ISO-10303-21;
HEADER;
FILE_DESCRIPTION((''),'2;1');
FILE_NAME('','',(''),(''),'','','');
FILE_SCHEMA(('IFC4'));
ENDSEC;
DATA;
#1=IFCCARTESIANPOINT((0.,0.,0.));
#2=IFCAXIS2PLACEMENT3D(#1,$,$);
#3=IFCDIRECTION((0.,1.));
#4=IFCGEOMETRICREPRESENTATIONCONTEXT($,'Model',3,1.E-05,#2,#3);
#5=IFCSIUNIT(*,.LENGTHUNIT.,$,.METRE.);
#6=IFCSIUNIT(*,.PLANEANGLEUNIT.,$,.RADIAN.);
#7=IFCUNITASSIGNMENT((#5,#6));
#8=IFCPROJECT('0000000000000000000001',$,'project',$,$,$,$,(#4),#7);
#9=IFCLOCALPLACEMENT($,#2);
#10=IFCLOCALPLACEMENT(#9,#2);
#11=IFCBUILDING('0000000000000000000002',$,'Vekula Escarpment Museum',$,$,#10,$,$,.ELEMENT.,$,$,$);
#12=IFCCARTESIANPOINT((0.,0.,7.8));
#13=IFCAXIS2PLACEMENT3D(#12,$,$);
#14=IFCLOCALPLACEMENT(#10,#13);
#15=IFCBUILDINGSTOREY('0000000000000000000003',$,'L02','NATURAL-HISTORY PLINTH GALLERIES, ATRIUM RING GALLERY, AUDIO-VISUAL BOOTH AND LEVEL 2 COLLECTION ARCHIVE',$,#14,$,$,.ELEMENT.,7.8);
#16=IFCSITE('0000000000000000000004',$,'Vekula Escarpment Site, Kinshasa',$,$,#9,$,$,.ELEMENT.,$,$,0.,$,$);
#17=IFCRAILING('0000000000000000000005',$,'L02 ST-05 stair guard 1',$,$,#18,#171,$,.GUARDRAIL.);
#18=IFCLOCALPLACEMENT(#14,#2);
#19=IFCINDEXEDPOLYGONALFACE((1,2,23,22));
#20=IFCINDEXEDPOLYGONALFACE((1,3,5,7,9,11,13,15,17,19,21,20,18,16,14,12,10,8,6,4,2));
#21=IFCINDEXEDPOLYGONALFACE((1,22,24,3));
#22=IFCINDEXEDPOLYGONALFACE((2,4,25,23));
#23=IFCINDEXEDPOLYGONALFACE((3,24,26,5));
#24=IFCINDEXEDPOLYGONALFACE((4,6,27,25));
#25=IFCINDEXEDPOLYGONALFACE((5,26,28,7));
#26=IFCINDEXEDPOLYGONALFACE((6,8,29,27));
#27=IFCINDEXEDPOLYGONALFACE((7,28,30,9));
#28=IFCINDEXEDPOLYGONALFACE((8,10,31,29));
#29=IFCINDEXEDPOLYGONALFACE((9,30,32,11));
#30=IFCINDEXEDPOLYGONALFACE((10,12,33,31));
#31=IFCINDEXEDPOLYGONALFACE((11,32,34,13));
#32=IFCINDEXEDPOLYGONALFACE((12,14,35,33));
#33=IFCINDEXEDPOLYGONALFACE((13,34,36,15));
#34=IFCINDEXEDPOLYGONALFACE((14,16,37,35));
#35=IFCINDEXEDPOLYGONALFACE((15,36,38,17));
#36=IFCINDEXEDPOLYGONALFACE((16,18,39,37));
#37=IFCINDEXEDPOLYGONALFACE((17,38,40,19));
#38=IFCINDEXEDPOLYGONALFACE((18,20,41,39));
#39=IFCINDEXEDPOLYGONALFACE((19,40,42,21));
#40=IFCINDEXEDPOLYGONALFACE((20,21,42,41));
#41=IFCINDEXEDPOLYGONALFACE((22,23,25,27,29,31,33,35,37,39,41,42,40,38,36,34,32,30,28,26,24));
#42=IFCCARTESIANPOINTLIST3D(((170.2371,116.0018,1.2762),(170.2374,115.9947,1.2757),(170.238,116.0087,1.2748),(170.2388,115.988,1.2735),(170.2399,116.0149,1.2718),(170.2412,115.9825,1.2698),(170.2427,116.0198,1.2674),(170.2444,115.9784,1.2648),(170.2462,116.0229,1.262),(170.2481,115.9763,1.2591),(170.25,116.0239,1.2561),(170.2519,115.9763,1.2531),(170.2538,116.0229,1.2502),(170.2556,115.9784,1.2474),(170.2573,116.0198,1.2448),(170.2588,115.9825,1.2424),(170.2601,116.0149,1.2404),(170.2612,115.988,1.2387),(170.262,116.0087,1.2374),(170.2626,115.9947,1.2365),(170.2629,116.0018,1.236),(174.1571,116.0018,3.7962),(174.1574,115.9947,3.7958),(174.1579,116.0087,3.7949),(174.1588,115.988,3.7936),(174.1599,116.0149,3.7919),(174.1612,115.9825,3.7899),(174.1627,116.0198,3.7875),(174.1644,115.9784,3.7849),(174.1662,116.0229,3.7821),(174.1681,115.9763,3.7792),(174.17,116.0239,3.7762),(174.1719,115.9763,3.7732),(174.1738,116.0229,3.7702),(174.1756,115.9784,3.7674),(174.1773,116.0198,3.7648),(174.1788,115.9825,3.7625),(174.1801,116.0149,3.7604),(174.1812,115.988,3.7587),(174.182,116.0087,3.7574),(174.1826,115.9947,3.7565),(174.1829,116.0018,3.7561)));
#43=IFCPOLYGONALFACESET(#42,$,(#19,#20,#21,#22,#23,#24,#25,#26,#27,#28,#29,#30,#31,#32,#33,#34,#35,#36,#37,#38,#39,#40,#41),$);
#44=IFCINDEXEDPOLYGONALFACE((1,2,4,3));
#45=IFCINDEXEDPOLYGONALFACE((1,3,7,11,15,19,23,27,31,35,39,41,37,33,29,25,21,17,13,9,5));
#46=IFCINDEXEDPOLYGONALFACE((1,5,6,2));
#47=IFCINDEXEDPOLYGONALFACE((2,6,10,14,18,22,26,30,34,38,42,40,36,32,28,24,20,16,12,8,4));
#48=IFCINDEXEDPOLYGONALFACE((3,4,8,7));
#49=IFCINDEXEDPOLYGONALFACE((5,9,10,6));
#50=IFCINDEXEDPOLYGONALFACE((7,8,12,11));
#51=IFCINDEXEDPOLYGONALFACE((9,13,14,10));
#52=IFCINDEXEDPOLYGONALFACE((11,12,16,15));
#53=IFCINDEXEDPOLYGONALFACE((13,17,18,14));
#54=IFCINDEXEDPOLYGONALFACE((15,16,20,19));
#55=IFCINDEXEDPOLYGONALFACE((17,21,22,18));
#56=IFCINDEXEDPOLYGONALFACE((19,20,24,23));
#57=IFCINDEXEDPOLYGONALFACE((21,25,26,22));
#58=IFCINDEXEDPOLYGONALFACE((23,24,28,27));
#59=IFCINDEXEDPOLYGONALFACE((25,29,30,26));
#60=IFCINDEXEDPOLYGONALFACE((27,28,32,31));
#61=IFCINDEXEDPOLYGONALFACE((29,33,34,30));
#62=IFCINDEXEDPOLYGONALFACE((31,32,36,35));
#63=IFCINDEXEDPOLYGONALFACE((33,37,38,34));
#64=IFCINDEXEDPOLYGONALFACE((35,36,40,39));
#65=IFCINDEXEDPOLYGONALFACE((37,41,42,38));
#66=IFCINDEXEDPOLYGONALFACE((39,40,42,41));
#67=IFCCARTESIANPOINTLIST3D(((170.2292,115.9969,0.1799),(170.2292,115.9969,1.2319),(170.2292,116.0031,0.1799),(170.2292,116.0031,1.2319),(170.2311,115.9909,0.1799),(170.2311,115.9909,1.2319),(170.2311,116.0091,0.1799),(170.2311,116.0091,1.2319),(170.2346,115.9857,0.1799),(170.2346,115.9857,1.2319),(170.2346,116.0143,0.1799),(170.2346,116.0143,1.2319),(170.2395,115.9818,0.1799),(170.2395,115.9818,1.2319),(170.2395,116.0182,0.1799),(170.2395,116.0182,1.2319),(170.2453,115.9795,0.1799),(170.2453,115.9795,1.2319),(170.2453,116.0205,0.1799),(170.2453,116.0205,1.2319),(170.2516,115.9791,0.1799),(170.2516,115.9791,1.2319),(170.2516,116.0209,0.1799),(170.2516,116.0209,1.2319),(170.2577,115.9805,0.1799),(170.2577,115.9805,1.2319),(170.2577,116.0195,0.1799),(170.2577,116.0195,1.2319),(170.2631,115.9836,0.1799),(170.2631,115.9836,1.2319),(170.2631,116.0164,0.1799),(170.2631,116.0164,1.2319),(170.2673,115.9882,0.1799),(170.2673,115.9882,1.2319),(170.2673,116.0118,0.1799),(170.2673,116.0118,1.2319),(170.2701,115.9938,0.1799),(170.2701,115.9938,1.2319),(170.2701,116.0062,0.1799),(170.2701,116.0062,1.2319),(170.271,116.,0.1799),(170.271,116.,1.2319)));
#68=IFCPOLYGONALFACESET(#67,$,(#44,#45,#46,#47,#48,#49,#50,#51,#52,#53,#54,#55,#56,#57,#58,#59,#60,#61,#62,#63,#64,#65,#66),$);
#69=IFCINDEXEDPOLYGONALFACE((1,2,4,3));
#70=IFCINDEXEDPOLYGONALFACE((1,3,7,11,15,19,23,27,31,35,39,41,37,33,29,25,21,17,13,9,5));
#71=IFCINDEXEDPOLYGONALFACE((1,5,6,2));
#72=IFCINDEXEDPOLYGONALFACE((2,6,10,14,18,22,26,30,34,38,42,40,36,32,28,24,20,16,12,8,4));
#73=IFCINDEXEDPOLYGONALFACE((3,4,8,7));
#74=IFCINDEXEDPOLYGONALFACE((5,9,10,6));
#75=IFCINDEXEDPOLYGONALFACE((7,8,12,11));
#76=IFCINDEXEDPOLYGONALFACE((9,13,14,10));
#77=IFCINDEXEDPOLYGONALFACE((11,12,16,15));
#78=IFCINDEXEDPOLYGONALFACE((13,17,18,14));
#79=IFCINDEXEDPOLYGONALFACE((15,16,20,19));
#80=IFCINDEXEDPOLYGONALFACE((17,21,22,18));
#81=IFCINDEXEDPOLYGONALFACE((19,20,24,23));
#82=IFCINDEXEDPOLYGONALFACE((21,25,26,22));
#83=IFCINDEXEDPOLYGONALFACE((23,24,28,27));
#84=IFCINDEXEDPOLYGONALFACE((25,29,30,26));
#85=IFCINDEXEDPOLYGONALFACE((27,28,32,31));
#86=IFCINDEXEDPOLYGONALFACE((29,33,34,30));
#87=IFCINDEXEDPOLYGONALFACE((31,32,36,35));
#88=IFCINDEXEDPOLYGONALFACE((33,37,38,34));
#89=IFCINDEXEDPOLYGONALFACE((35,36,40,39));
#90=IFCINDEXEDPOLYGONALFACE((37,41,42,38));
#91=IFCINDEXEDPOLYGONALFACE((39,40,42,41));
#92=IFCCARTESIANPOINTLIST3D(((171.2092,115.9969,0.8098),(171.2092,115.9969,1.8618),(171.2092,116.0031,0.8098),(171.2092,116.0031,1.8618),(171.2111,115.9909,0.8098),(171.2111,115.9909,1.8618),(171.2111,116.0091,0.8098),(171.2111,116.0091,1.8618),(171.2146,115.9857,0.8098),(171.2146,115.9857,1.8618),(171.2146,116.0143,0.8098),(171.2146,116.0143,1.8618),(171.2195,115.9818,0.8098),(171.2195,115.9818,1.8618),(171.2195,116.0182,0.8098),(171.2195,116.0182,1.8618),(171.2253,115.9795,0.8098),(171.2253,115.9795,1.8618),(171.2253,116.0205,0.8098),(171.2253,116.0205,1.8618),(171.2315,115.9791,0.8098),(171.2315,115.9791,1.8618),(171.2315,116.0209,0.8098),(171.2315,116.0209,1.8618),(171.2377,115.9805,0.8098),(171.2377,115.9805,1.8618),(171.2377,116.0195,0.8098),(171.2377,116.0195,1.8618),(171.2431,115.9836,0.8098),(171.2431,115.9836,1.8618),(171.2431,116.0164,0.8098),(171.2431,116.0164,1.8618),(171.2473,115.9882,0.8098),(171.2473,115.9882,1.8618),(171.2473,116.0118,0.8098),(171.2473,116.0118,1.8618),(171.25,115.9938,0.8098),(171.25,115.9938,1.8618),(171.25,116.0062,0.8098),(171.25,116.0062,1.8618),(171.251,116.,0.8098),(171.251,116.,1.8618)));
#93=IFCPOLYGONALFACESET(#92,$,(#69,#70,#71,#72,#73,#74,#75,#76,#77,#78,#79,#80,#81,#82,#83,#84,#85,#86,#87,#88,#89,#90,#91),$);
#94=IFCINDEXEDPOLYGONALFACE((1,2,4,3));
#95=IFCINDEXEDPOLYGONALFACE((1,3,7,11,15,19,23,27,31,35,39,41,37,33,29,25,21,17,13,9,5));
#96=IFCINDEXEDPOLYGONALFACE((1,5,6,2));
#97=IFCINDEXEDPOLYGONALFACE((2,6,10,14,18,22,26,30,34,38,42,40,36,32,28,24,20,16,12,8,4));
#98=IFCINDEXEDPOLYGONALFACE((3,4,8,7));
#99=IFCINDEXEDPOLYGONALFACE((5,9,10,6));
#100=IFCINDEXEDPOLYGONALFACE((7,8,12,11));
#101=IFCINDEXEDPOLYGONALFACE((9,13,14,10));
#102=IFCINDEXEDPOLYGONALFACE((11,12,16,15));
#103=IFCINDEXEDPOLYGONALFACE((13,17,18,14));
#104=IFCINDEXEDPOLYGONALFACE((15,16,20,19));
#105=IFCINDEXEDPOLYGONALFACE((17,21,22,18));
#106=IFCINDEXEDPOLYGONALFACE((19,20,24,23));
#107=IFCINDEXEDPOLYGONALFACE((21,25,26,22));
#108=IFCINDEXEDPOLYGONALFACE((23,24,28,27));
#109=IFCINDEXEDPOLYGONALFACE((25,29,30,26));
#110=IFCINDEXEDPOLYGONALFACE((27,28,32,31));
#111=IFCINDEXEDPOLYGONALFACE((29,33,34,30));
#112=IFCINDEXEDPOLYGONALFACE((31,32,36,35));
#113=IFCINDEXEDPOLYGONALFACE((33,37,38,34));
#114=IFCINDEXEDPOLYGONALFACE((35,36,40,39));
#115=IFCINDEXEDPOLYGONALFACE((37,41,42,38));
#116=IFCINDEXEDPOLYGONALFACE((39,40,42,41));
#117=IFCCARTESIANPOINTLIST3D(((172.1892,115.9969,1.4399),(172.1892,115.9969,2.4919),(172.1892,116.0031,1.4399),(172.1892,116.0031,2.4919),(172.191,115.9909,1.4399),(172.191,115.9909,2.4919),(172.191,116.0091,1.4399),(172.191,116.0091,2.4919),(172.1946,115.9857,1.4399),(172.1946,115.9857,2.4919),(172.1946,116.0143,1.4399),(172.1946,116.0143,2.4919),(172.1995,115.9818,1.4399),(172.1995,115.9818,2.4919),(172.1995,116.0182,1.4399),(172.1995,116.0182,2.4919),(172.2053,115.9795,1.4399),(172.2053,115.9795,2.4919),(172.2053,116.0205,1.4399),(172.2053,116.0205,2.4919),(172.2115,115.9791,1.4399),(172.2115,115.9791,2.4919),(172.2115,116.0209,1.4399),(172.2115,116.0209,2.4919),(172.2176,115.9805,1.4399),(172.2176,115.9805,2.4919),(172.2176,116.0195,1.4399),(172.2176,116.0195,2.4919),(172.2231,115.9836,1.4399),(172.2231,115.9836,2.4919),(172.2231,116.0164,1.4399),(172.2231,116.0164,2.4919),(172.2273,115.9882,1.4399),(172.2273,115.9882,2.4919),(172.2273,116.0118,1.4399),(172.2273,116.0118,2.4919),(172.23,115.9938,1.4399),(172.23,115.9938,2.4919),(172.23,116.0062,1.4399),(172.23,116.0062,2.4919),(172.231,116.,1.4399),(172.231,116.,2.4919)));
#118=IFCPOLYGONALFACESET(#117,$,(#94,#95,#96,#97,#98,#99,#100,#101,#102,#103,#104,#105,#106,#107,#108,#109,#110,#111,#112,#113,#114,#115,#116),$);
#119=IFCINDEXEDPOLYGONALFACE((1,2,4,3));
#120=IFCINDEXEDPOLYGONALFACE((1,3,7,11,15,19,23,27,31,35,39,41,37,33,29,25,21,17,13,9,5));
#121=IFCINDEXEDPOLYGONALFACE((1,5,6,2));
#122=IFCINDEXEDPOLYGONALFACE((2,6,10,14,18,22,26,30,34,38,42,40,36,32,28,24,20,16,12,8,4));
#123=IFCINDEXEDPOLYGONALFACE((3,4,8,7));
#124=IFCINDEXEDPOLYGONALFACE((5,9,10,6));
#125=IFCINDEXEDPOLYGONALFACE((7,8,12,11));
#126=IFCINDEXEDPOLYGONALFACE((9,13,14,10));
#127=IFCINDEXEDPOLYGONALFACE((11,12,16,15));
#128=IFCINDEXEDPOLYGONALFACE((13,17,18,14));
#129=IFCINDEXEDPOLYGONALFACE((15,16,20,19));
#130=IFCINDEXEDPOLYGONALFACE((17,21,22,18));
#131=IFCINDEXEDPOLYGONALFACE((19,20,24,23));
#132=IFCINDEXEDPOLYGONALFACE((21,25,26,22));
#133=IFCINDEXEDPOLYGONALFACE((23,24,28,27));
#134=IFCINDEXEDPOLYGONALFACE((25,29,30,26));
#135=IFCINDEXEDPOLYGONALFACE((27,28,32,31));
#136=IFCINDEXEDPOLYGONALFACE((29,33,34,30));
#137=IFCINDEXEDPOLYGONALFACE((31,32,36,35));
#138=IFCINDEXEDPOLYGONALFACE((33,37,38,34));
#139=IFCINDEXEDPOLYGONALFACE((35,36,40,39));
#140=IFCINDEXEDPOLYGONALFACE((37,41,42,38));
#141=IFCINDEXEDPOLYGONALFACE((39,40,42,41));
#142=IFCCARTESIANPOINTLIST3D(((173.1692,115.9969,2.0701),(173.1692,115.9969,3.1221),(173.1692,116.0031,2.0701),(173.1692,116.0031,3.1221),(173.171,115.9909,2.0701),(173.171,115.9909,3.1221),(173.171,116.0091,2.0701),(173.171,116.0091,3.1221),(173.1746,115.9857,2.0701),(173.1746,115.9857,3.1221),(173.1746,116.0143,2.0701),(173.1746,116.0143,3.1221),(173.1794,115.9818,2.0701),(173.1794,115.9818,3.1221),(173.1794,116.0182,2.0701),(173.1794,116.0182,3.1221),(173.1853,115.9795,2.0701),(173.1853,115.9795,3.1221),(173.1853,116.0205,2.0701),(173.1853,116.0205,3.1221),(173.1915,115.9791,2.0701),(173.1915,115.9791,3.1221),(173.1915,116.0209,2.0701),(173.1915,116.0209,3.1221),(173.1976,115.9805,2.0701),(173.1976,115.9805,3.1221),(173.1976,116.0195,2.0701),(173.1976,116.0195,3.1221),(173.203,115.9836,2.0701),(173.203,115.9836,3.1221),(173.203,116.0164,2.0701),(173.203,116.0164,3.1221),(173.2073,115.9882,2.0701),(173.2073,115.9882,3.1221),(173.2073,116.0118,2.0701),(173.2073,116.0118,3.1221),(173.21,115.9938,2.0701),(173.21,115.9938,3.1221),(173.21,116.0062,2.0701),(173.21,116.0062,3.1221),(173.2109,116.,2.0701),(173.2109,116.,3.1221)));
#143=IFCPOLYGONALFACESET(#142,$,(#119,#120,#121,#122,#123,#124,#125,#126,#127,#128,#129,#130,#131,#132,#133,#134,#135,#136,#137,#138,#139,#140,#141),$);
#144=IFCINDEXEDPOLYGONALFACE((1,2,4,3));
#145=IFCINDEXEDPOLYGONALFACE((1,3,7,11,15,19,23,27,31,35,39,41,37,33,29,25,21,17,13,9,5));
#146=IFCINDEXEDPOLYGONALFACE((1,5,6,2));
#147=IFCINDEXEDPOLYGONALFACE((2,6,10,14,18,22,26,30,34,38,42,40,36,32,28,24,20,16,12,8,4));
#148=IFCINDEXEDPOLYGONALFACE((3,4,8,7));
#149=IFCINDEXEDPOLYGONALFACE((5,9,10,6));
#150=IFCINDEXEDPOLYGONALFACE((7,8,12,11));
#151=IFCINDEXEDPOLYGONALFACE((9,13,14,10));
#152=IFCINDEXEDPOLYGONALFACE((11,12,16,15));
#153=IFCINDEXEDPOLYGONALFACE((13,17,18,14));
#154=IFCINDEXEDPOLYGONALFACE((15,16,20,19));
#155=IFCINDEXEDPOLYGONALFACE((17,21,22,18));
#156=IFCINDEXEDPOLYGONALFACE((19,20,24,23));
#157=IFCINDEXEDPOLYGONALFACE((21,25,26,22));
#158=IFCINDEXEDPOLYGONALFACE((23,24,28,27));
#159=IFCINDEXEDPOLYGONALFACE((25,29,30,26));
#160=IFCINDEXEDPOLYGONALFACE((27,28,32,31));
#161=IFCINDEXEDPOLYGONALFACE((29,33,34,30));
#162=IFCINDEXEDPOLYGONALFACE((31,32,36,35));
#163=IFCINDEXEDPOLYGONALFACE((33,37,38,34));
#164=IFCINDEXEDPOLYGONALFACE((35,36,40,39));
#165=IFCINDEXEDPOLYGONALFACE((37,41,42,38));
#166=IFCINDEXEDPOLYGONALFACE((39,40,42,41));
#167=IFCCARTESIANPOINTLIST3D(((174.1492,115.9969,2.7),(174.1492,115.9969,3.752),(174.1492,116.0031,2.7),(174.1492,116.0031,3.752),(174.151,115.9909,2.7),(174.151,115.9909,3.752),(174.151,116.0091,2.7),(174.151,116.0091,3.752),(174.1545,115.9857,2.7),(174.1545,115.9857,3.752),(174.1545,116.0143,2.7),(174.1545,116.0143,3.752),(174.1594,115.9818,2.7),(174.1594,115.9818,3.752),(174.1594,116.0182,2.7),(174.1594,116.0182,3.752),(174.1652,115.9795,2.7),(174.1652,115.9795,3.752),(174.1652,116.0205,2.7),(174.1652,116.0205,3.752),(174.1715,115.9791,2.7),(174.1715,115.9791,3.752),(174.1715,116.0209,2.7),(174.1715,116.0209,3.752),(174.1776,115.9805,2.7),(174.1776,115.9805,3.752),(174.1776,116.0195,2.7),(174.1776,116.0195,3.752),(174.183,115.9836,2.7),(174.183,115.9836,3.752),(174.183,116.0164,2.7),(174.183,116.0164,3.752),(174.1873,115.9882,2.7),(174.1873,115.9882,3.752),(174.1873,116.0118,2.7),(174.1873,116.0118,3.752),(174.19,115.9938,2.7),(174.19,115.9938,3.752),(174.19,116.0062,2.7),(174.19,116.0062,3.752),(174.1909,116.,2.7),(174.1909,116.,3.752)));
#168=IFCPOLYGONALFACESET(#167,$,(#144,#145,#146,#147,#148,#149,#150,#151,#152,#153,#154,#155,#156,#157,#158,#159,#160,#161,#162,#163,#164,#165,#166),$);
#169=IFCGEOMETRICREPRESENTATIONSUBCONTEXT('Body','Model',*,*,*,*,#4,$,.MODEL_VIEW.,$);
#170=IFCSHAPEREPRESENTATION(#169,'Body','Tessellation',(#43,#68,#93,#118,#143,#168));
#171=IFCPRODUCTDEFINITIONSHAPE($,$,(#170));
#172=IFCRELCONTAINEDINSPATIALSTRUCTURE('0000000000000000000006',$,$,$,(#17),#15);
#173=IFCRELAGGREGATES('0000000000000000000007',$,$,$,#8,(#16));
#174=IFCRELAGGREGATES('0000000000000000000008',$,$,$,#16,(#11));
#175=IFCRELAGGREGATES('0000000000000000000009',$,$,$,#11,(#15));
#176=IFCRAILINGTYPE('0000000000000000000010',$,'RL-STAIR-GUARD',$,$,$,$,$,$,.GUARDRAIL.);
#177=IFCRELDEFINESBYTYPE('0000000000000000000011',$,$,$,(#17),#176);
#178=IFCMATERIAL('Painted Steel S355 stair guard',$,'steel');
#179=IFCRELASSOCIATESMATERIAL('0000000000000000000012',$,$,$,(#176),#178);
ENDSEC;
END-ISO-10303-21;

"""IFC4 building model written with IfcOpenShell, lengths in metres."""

from ifc_helpers import new_model, si_unit, direction, frame, origin, origin_2d, place, context, subcontext, project, spatial, circle, extrude, material, type_object, element, save


model = new_model("IFC4")

# Units and contexts
model_context = context("Model", 3, precision=1e-05, world=origin(), true_north=direction((0.0, 1.0)))
body_context = subcontext(model_context, "Body", "Model", "MODEL_VIEW")
ifc_project = project(units=[si_unit("LENGTHUNIT", "METRE"), si_unit("PLANEANGLEUNIT", "RADIAN")], contexts=[model_context])

# Site, building, storey
site_placement = place(None, origin())
site = spatial("IfcSite", under=ifc_project, at=site_placement, Name="Vekula Escarpment Site, Kinshasa", CompositionType="ELEMENT", RefElevation=0.0)
building_placement = place(site_placement, origin())
building = spatial("IfcBuilding", under=site, at=building_placement, Name="Vekula Escarpment Museum", CompositionType="ELEMENT")
storey_placement = place(building_placement, frame((0.0, 0.0, 7.8)))
storey = spatial("IfcBuildingStorey", under=building, at=storey_placement, Name="L02", Description="NATURAL-HISTORY PLINTH GALLERIES, ATRIUM RING GALLERY, AUDIO-VISUAL BOOTH AND LEVEL 2 COLLECTION ARCHIVE", CompositionType="ELEMENT", Elevation=7.8)

# Railing
ifc_material_1 = material(Name="Painted Steel S355 stair guard", Category="steel")
railing_type_1 = type_object("IfcRailingType", Name="RL-STAIR-GUARD", PredefinedType="GUARDRAIL", material=ifc_material_1)
railing_1_placement = place(storey_placement, frame((170.25, 116.0, 0.1799)))
element("IfcRailing", 1, at=railing_1_placement, inside=storey, type_object=railing_type_1, Name="L02 ST-05 stair guard 1", PredefinedType="GUARDRAIL", context=body_context, shape_type="SweptSolid", body=[
    extrude(circle(Radius=0.0239, at=origin_2d()), frame((0.0, 0.0, 1.0762), z_axis=(0.841172, 0.0, 0.540768), x_axis=(0.0, 1.0, 0.0)), (0.0, 0.0, 1.0), 4.6602),
    extrude(circle(Radius=0.021, at=origin_2d()), origin(), (0.0, 0.0, 1.0), 1.052),
    extrude(circle(Radius=0.021, at=origin_2d()), frame((0.98, 0.0, 0.6299)), (0.0, 0.0, 1.0), 1.052),
    extrude(circle(Radius=0.021, at=origin_2d()), frame((1.96, 0.0, 1.26)), (0.0, 0.0, 1.0), 1.052),
    extrude(circle(Radius=0.021, at=origin_2d()), frame((2.9399, 0.0, 1.8901)), (0.0, 0.0, 1.0), 1.052),
    extrude(circle(Radius=0.021, at=origin_2d()), frame((3.9199, 0.0, 2.52)), (0.0, 0.0, 1.0), 1.052),
])

save(model, "model.ifc")
